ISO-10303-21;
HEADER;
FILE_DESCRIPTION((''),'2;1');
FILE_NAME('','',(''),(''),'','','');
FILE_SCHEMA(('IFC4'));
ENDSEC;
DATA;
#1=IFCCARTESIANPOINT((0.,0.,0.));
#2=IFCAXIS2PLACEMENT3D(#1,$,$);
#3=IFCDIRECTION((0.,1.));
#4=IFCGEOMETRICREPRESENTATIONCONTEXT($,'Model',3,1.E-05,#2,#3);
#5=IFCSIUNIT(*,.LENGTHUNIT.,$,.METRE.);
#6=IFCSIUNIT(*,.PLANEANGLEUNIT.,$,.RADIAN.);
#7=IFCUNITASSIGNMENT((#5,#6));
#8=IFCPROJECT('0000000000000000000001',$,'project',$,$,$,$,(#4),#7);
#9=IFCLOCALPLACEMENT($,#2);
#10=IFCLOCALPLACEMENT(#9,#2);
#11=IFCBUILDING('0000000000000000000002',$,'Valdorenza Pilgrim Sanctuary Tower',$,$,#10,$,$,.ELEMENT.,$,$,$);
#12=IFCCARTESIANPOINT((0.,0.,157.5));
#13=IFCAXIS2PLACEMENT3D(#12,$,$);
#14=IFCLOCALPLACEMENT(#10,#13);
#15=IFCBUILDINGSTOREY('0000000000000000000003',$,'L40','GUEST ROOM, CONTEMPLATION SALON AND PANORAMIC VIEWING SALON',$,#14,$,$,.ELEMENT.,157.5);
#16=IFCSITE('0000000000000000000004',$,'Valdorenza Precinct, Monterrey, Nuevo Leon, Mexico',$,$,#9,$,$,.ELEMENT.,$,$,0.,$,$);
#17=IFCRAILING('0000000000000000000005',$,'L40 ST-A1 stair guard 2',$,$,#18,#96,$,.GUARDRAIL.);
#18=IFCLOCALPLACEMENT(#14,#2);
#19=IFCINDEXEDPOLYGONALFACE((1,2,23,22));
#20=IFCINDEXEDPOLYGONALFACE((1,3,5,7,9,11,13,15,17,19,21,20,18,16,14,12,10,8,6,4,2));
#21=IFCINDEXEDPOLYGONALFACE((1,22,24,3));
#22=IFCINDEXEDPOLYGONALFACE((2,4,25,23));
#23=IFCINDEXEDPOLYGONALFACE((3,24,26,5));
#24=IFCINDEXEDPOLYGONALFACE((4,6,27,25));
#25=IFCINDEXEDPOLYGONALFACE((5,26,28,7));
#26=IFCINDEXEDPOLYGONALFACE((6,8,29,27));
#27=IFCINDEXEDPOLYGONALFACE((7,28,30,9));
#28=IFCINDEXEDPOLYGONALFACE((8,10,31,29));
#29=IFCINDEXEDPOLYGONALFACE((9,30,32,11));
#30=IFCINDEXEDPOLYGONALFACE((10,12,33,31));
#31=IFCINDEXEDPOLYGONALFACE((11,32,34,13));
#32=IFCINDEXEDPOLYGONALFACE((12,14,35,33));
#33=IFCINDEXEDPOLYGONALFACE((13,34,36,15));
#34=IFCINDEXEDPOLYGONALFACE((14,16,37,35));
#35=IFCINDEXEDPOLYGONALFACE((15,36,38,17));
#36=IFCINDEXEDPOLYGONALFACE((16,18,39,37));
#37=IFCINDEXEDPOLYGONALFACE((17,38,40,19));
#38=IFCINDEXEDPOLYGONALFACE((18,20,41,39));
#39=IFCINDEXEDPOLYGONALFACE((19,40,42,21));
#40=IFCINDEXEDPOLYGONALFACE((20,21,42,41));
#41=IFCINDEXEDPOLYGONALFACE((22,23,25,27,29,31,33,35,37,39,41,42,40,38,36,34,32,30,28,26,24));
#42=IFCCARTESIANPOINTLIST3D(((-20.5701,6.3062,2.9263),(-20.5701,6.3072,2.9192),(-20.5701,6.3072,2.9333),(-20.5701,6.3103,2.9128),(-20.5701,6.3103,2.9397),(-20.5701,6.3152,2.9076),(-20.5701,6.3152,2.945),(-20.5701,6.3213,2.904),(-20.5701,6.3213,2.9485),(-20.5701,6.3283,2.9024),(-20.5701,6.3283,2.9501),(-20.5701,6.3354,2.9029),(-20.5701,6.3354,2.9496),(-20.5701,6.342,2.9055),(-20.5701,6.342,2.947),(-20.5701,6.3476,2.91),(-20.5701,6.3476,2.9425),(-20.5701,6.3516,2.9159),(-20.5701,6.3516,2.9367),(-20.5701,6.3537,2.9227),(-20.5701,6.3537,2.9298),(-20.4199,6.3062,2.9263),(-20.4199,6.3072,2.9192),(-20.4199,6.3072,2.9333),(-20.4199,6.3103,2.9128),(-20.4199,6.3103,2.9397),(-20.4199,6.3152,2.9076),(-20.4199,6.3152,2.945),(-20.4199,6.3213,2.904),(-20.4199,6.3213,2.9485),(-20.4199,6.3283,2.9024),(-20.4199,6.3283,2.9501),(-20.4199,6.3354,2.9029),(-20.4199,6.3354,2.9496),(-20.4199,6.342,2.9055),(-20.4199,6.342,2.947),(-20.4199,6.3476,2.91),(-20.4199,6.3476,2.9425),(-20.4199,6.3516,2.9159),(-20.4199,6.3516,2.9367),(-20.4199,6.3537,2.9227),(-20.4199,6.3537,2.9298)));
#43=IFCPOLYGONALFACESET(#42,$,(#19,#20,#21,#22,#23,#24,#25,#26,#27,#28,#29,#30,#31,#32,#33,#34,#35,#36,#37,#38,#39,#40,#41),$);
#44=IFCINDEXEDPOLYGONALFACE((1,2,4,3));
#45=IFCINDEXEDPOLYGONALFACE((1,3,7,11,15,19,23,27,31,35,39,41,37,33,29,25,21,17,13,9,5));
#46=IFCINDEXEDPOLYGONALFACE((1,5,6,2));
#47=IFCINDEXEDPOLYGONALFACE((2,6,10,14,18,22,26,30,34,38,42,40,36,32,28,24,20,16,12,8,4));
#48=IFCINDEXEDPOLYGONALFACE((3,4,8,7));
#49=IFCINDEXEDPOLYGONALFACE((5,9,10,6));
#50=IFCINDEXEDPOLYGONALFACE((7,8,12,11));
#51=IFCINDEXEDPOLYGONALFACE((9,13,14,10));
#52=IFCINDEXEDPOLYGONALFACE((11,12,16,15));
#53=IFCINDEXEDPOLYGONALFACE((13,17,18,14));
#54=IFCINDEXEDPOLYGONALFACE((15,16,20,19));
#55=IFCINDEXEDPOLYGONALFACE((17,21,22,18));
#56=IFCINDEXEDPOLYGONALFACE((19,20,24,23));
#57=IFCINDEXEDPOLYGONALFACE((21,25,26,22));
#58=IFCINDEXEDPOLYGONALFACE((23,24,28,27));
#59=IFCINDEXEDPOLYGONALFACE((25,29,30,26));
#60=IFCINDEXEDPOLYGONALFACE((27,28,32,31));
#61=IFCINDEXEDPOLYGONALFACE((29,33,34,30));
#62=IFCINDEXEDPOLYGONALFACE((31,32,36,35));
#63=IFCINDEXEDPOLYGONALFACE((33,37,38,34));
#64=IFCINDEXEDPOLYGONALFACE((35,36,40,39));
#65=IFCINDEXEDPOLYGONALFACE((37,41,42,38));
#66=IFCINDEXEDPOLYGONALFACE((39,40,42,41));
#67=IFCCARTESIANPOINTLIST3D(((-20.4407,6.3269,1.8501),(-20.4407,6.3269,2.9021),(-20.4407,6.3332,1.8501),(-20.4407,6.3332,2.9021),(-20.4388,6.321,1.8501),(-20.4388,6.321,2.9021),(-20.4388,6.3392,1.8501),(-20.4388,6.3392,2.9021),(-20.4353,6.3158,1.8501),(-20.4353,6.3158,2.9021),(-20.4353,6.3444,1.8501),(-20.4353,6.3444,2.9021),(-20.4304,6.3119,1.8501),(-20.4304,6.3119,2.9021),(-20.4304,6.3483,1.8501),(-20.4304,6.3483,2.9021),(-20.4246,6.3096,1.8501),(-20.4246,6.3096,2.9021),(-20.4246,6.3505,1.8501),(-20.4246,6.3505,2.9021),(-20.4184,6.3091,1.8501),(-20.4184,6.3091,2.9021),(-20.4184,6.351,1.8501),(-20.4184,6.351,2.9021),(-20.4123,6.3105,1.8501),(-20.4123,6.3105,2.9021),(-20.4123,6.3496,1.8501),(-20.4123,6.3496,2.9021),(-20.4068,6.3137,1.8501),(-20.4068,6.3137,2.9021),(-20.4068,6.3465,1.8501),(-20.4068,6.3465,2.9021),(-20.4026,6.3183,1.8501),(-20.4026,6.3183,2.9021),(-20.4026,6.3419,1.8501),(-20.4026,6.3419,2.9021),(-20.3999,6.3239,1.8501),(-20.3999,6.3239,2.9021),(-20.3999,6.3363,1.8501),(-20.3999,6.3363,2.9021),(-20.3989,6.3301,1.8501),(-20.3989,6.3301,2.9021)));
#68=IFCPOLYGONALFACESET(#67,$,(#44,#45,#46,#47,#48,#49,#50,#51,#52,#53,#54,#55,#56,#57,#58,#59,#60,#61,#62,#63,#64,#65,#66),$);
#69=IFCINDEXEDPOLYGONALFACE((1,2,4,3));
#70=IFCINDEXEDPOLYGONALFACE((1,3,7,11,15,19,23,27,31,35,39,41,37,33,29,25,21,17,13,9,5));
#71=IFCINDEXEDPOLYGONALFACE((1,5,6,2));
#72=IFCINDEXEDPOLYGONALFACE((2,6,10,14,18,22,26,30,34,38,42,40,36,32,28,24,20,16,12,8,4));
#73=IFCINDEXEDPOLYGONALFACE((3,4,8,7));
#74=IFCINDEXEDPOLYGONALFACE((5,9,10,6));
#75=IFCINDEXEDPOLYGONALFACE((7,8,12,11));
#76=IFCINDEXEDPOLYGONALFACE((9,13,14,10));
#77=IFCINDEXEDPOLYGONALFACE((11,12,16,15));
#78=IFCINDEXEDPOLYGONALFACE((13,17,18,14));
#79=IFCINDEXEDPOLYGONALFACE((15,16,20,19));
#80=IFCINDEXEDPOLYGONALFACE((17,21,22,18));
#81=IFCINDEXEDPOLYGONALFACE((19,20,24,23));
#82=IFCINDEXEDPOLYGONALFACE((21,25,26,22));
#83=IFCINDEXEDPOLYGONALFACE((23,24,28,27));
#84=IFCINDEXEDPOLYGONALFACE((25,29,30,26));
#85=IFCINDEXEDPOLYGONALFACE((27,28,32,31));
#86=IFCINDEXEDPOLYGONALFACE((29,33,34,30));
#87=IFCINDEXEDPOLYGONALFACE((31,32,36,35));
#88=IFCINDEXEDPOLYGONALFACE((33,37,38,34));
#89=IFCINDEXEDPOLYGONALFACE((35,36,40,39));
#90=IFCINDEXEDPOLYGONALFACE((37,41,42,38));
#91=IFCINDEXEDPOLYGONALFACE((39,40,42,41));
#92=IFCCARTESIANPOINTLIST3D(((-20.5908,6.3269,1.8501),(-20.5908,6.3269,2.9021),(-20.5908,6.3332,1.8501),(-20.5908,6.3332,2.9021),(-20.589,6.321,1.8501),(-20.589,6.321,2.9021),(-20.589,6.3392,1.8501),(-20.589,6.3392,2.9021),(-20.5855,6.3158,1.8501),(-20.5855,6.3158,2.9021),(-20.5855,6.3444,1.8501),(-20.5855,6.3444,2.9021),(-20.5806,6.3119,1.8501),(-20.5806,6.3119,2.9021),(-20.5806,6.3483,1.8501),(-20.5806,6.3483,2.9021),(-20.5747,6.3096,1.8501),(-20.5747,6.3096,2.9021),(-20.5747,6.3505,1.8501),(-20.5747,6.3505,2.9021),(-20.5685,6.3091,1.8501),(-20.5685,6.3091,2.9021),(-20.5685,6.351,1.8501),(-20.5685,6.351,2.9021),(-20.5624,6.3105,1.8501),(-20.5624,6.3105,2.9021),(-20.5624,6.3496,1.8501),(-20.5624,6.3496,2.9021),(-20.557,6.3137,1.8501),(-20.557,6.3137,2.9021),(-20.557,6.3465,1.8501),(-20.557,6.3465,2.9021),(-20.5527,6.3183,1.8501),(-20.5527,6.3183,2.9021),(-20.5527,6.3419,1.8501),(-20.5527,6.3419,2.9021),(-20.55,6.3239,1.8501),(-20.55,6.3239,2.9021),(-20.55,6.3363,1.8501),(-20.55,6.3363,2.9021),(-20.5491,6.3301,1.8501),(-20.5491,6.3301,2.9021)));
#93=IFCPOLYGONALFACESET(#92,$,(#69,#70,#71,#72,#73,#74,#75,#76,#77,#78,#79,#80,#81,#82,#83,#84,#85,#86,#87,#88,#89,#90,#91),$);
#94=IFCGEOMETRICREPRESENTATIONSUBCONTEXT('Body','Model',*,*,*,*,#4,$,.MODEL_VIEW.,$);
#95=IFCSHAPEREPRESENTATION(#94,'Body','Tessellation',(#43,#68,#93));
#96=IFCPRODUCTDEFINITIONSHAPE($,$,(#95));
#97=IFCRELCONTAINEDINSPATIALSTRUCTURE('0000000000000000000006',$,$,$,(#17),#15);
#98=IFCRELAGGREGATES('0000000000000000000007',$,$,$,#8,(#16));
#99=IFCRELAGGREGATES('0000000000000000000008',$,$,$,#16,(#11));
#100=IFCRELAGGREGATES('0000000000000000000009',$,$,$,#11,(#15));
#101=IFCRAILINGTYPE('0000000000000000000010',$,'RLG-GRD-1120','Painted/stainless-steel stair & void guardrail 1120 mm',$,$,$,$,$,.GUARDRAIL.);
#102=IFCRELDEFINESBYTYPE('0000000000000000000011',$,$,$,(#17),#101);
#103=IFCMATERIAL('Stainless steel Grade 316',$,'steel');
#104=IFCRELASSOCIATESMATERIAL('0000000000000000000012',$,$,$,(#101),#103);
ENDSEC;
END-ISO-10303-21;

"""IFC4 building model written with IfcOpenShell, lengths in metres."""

from ifc_helpers import new_model, si_unit, direction, frame, origin, origin_2d, place, context, subcontext, project, spatial, circle, extrude, material, type_object, element, save


model = new_model("IFC4")

# Units and contexts
model_context = context("Model", 3, precision=1e-05, world=origin(), true_north=direction((0.0, 1.0)))
body_context = subcontext(model_context, "Body", "Model", "MODEL_VIEW")
ifc_project = project(units=[si_unit("LENGTHUNIT", "METRE"), si_unit("PLANEANGLEUNIT", "RADIAN")], contexts=[model_context])

# Site, building, storey
site_placement = place(None, origin())
site = spatial("IfcSite", under=ifc_project, at=site_placement, Name="Valdorenza Precinct, Monterrey, Nuevo Leon, Mexico", CompositionType="ELEMENT", RefElevation=0.0)
building_placement = place(site_placement, origin())
building = spatial("IfcBuilding", under=site, at=building_placement, Name="Valdorenza Pilgrim Sanctuary Tower", CompositionType="ELEMENT")
storey_placement = place(building_placement, frame((0.0, 0.0, 157.5)))
storey = spatial("IfcBuildingStorey", under=building, at=storey_placement, Name="L40", Description="GUEST ROOM, CONTEMPLATION SALON AND PANORAMIC VIEWING SALON", CompositionType="ELEMENT", Elevation=157.5)

# Railing
ifc_material_1 = material(Name="Stainless steel Grade 316", Category="steel")
railing_type_1 = type_object("IfcRailingType", Name="RLG-GRD-1120", Description="Painted/stainless-steel stair & void guardrail 1120 mm", PredefinedType="GUARDRAIL", material=ifc_material_1)
railing_1_placement = place(storey_placement, frame((-20.4199, 6.3301, 1.8501)))
element("IfcRailing", 1, at=railing_1_placement, inside=storey, type_object=railing_type_1, Name="L40 ST-A1 stair guard 2", PredefinedType="GUARDRAIL", context=body_context, shape_type="SweptSolid", body=[
    extrude(circle(Radius=0.0239, at=origin_2d()), frame((0.0, 0.0, 1.0762), z_axis=(-1.0, 0.0, 0.0), x_axis=(0.0, -1.0, 0.0)), (0.0, 0.0, 1.0), 0.1501),
    extrude(circle(Radius=0.021, at=origin_2d()), origin(), (0.0, 0.0, 1.0), 1.052),
    extrude(circle(Radius=0.021, at=origin_2d()), frame((-0.1501, 0.0, 0.0)), (0.0, 0.0, 1.0), 1.052),
])

save(model, "model.ifc")
